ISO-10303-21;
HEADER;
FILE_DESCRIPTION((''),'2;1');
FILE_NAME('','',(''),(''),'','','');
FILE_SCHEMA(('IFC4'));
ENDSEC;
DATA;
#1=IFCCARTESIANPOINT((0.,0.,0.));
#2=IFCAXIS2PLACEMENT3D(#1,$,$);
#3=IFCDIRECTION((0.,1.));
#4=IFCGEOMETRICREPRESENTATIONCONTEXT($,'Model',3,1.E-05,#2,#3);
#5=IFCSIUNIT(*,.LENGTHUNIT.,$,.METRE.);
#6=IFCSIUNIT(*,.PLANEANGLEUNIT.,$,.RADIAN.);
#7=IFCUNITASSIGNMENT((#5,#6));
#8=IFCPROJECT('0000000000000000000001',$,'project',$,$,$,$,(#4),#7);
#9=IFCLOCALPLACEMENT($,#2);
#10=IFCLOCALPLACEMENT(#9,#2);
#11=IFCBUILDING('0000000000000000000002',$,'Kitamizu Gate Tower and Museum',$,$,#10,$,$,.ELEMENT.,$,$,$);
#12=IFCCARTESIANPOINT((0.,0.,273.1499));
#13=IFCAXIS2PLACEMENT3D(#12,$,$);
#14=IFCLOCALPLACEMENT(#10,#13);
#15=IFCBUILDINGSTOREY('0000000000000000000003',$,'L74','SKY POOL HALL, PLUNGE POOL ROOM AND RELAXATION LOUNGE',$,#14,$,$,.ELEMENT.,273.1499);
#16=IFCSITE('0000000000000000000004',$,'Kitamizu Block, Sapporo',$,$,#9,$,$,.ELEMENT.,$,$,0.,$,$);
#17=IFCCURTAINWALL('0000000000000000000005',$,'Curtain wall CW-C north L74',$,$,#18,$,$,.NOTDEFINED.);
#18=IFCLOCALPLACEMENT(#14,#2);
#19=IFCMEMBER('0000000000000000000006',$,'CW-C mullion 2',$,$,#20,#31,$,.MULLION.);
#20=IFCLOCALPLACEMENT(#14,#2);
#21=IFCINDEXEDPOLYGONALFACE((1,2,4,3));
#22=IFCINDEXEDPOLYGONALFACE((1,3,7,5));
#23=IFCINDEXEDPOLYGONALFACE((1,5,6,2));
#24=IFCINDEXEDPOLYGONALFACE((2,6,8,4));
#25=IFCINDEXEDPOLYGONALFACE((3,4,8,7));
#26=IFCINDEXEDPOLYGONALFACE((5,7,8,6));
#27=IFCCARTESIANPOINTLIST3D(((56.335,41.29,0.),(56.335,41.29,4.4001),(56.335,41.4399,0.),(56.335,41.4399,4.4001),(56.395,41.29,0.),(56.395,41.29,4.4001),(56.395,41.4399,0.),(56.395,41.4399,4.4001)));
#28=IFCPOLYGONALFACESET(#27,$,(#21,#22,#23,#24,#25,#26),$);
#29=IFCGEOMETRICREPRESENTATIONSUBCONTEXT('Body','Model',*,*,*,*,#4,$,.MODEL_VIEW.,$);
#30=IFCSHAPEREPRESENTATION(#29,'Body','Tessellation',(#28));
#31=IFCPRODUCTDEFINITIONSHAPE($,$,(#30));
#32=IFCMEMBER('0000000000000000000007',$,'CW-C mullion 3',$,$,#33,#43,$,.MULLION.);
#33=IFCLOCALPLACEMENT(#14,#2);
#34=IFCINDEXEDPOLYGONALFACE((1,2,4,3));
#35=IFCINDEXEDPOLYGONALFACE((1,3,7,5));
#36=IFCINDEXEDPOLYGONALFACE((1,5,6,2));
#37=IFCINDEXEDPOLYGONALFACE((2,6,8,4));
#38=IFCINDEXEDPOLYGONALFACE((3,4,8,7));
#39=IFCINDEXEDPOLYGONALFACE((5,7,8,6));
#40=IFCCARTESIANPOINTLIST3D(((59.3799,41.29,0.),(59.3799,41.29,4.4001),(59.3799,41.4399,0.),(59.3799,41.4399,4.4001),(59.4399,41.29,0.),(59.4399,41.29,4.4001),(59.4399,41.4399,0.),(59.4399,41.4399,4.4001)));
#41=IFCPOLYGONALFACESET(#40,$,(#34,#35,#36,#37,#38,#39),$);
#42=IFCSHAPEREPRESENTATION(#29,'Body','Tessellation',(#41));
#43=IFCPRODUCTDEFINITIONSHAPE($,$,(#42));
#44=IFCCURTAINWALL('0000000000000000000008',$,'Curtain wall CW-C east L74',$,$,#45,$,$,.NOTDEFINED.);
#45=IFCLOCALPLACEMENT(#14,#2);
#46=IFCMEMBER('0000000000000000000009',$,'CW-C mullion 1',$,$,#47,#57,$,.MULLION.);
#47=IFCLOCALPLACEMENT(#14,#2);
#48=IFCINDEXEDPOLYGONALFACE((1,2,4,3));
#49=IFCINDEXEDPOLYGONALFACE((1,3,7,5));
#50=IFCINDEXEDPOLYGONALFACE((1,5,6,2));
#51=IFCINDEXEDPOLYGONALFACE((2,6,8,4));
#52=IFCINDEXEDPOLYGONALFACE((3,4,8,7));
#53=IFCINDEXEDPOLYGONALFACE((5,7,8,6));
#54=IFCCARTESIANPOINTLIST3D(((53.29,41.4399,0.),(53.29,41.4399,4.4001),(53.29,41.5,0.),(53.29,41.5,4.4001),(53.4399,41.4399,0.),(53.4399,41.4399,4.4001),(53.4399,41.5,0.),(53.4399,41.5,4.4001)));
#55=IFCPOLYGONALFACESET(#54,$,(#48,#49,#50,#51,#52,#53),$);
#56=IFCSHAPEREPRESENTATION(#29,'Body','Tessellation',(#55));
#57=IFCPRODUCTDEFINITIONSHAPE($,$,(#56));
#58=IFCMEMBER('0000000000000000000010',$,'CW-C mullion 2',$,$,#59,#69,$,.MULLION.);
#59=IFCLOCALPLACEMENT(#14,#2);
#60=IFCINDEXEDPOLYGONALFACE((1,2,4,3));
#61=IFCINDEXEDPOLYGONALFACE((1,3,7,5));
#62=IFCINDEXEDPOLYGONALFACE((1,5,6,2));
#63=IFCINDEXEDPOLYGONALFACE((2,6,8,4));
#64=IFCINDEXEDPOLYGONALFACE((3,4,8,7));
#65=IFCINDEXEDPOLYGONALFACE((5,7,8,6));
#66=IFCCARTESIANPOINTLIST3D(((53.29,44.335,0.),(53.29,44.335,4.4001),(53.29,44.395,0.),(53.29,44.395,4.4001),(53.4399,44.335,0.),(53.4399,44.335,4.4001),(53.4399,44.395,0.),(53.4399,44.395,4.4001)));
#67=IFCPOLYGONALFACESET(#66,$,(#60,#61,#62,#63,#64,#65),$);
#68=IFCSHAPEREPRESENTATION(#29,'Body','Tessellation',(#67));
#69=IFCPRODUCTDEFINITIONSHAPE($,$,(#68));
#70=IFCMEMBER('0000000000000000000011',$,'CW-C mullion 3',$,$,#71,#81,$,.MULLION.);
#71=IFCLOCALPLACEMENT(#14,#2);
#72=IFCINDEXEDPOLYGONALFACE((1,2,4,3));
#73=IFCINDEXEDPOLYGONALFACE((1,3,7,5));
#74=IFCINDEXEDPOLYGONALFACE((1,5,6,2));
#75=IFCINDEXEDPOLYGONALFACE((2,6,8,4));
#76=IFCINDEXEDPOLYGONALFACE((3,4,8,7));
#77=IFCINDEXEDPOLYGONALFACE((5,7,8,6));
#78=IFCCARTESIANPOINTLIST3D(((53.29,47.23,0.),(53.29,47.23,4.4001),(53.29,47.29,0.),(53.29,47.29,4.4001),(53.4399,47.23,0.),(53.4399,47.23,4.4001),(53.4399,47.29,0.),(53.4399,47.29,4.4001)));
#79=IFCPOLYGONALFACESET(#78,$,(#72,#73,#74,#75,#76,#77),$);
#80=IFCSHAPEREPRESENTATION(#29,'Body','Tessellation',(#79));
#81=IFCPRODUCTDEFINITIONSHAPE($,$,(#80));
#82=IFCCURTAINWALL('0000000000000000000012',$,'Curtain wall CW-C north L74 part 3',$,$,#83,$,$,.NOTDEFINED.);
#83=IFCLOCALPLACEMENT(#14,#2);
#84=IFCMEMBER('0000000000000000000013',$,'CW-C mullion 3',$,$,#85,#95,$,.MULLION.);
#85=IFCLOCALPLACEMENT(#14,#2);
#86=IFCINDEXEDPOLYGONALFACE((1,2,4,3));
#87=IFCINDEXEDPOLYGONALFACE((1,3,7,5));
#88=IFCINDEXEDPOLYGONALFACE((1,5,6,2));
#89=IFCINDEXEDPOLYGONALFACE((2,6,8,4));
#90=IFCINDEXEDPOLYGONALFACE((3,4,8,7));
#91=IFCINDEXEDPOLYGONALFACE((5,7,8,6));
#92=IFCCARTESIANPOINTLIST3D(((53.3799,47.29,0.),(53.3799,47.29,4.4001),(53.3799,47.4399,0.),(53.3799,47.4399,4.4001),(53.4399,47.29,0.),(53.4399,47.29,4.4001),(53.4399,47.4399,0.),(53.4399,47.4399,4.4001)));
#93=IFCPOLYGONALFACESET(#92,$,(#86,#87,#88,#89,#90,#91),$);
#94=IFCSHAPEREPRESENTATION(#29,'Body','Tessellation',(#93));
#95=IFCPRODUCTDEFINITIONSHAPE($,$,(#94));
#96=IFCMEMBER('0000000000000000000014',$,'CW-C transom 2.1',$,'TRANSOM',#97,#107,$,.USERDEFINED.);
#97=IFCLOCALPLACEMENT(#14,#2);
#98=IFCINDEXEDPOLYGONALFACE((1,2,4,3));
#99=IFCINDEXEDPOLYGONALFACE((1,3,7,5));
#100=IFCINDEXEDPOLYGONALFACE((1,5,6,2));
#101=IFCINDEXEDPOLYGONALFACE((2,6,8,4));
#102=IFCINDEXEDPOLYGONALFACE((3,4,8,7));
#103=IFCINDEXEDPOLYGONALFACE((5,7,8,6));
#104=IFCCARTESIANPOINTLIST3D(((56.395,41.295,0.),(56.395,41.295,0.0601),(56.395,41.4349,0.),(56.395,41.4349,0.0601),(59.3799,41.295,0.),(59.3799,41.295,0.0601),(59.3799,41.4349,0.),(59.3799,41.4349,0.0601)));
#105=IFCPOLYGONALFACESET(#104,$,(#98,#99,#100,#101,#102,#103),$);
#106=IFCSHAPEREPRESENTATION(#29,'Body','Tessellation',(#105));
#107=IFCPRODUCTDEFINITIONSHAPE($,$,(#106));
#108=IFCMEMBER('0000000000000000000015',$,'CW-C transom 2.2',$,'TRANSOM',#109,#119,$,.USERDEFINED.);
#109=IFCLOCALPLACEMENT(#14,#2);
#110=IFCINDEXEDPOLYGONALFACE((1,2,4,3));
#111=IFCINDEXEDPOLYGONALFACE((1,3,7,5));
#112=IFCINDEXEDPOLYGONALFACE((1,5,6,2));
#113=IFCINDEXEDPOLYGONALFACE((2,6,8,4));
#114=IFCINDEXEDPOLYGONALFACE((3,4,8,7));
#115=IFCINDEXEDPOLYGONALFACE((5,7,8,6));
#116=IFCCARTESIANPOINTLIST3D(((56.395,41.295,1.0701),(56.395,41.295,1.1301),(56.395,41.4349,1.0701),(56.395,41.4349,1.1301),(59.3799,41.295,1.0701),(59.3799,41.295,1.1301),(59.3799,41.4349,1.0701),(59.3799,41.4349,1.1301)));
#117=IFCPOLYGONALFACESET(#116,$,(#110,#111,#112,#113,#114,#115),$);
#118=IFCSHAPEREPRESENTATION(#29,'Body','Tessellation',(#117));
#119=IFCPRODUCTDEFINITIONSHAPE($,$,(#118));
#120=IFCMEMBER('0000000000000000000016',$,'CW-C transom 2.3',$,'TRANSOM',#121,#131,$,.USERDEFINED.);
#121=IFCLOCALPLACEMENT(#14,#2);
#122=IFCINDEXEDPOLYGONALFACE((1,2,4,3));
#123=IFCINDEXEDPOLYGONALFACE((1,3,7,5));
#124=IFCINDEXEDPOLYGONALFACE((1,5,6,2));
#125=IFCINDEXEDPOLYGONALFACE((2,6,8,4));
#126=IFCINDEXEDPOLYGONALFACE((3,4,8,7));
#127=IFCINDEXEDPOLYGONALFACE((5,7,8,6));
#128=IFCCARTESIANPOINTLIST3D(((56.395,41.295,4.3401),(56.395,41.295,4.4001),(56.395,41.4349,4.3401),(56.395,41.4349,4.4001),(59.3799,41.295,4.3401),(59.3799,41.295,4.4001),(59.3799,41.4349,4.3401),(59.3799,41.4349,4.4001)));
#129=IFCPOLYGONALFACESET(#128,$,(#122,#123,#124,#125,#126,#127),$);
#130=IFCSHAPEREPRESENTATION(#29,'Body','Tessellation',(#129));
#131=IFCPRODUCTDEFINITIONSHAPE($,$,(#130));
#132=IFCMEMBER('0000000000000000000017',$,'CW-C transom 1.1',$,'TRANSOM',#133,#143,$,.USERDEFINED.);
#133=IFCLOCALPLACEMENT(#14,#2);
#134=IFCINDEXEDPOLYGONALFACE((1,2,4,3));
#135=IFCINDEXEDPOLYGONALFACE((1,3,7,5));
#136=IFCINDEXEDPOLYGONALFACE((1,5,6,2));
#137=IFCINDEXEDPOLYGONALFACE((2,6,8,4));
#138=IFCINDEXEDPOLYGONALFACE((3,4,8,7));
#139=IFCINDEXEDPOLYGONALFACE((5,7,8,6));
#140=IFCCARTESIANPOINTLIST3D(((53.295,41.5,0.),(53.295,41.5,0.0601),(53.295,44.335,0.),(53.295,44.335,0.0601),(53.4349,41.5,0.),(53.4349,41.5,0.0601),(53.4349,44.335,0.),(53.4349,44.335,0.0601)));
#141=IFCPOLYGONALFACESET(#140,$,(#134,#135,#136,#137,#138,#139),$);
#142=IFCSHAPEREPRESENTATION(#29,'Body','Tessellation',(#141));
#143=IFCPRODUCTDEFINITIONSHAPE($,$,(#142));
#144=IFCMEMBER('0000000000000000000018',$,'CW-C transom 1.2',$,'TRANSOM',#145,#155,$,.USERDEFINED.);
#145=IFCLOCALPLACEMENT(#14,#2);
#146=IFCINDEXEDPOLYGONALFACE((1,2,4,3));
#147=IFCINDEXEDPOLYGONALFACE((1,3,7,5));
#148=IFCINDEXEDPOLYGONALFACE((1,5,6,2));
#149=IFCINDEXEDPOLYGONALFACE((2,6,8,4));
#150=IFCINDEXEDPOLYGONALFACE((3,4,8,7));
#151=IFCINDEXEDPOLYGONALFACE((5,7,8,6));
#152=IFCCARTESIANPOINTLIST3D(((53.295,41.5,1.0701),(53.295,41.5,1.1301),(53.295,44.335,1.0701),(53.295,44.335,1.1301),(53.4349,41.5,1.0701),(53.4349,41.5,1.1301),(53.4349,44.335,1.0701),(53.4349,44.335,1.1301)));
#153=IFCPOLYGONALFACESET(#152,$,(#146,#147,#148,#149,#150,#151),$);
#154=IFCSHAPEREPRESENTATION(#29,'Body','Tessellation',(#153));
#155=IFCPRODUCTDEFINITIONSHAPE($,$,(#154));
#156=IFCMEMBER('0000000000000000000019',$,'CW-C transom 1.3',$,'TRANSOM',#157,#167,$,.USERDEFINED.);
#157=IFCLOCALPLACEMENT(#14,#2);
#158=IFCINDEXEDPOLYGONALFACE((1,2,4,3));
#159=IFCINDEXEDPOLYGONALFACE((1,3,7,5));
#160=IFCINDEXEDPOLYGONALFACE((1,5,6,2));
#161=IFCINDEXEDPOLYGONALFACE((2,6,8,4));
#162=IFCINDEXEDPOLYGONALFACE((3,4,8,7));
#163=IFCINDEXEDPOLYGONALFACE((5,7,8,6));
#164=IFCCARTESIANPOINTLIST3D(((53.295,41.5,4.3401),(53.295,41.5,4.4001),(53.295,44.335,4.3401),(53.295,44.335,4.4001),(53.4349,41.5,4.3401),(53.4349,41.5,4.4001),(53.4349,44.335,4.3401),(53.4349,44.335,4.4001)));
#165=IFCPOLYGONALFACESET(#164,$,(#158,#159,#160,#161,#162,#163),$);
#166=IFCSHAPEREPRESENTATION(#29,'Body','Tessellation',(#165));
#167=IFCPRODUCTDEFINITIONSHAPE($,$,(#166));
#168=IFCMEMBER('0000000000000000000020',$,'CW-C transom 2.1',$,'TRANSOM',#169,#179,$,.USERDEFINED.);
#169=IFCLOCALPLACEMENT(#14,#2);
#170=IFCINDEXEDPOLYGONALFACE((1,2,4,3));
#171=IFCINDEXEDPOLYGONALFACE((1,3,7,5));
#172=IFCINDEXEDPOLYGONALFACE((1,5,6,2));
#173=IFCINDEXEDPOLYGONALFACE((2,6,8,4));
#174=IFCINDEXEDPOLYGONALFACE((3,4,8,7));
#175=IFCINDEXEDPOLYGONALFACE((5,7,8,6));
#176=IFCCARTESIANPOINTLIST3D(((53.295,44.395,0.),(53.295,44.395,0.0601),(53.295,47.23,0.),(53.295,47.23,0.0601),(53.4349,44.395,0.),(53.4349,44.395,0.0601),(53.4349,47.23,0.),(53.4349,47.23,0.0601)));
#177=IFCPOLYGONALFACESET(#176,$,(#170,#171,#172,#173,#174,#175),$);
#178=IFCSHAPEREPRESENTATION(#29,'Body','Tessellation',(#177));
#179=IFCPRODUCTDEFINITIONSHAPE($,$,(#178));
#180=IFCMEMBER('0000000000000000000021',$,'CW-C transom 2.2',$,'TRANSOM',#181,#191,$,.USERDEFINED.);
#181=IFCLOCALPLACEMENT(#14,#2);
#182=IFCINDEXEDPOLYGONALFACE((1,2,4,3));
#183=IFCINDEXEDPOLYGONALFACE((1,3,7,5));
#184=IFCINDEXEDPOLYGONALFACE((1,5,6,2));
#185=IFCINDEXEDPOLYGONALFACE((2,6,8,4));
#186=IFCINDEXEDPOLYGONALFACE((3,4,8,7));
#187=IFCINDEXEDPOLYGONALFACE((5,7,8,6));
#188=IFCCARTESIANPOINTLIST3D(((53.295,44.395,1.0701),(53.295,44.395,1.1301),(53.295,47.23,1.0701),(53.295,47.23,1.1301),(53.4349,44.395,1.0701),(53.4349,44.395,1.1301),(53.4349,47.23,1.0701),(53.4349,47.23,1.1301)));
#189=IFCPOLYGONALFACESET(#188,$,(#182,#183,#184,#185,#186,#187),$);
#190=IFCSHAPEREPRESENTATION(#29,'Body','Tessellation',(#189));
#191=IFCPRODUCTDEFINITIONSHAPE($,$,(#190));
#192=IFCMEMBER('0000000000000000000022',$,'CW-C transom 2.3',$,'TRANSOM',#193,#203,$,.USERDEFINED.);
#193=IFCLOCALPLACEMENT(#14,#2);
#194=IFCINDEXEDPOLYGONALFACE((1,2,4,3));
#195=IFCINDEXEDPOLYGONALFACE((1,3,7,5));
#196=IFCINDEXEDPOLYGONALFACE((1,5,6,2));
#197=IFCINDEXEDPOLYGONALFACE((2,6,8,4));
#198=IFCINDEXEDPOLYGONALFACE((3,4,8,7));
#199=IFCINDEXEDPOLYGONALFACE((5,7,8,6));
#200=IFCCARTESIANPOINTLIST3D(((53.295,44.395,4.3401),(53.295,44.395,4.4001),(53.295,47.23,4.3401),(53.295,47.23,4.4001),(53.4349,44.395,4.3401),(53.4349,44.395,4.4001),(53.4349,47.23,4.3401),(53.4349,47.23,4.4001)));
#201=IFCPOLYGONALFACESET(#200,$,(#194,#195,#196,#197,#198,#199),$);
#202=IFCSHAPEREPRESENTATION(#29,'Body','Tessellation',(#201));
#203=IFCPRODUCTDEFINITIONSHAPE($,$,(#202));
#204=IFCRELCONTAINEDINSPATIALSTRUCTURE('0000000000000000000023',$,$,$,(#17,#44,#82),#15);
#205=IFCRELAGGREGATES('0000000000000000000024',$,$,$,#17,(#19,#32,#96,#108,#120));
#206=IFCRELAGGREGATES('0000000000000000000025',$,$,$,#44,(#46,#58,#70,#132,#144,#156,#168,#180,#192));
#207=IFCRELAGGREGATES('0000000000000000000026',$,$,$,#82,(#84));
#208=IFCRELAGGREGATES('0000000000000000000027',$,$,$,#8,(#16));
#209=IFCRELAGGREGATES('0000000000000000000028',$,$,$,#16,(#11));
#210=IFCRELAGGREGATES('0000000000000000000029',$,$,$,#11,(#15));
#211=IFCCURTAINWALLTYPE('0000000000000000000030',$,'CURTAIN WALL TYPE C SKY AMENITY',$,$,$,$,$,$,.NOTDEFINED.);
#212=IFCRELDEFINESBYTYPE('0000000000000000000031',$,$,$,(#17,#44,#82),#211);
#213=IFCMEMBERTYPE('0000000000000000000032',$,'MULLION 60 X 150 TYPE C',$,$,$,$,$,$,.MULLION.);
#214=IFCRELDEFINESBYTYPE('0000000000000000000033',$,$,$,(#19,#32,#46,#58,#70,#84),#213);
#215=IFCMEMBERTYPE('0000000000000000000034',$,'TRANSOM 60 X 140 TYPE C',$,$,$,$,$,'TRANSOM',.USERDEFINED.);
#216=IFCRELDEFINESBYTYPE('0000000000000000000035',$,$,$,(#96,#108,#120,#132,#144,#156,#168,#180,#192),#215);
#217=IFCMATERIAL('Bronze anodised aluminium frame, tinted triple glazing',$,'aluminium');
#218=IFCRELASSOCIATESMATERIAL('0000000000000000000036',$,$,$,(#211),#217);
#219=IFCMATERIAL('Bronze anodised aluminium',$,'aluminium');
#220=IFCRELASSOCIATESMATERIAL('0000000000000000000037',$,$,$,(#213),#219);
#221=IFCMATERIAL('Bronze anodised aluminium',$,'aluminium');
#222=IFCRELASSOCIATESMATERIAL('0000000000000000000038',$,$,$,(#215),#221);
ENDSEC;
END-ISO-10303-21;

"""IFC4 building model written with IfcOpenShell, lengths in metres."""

from ifc_helpers import new_model, si_unit, direction, frame, origin, origin_2d, place, context, subcontext, project, spatial, rectangle, extrude, material, material_profile, profile_set, type_object, element, aggregate, save


model = new_model("IFC4")

# Units and contexts
model_context = context("Model", 3, precision=1e-05, world=origin(), true_north=direction((0.0, 1.0)))
body_context = subcontext(model_context, "Body", "Model", "MODEL_VIEW")
ifc_project = project(units=[si_unit("LENGTHUNIT", "METRE"), si_unit("PLANEANGLEUNIT", "RADIAN")], contexts=[model_context])

# Site, building, storey
site_placement = place(None, origin())
site = spatial("IfcSite", under=ifc_project, at=site_placement, Name="Kitamizu Block, Sapporo", CompositionType="ELEMENT", RefElevation=0.0)
building_placement = place(site_placement, origin())
building = spatial("IfcBuilding", under=site, at=building_placement, Name="Kitamizu Gate Tower and Museum", CompositionType="ELEMENT")
storey_placement = place(building_placement, frame((0.0, 0.0, 273.1499)))
storey = spatial("IfcBuildingStorey", under=building, at=storey_placement, Name="L74", Description="SKY POOL HALL, PLUNGE POOL ROOM AND RELAXATION LOUNGE", CompositionType="ELEMENT", Elevation=273.1499)

# Curtain walls, members
ifc_material_1 = material(Name="Bronze anodised aluminium frame, tinted triple glazing", Category="aluminium")
curtain_wall_type = type_object("IfcCurtainWallType", Name="CURTAIN WALL TYPE C SKY AMENITY", PredefinedType="NOTDEFINED", material=ifc_material_1)
curtain_wall_1_placement = place(storey_placement, origin())
curtain_wall_1 = element("IfcCurtainWall", 1, at=curtain_wall_1_placement, inside=storey, type_object=curtain_wall_type, Name="Curtain wall CW-C north L74", PredefinedType="NOTDEFINED")
ifc_material_2 = material(Name="Bronze anodised aluminium", Category="aluminium")
ifc_material_profile_1 = material_profile(ifc_material_2, rectangle(XDim=0.0601, YDim=0.1499, at=origin_2d()), Name="AL 60X150")
ifc_profile_set_1 = profile_set([ifc_material_profile_1], Name="Bronze anodised aluminium")
member_type_1 = type_object("IfcMemberType", Name="MULLION 60 X 150 TYPE C", PredefinedType="MULLION", material=ifc_profile_set_1)
member_1_placement = place(storey_placement, frame((56.365, 41.365, 0.0), z_axis=(0.0, 0.0, 1.0), x_axis=(1.0, 0.0, 0.0)))
member_1 = element("IfcMember", 2, at=member_1_placement, type_object=member_type_1, Name="CW-C mullion 2", PredefinedType="MULLION", context=body_context, shape_type="SweptSolid", body=[
    extrude(rectangle(XDim=0.0601, YDim=0.1499, at=origin_2d()), origin(), (0.0, 0.0, 1.0), 4.4001),
])
member_2_placement = place(storey_placement, frame((59.4099, 41.365, 0.0), z_axis=(0.0, 0.0, 1.0), x_axis=(1.0, 0.0, 0.0)))
member_2 = element("IfcMember", 3, at=member_2_placement, type_object=member_type_1, Name="CW-C mullion 3", PredefinedType="MULLION", context=body_context, shape_type="SweptSolid", body=[
    extrude(rectangle(XDim=0.0601, YDim=0.1499, at=origin_2d()), origin(), (0.0, 0.0, 1.0), 4.4001),
])
curtain_wall_2_placement = place(storey_placement, origin())
curtain_wall_2 = element("IfcCurtainWall", 4, at=curtain_wall_2_placement, inside=storey, type_object=curtain_wall_type, Name="Curtain wall CW-C east L74", PredefinedType="NOTDEFINED")
member_3_placement = place(storey_placement, frame((53.365, 41.47, 0.0), z_axis=(0.0, 0.0, 1.0), x_axis=(0.0, 1.0, 0.0)))
member_3 = element("IfcMember", 5, at=member_3_placement, type_object=member_type_1, Name="CW-C mullion 1", PredefinedType="MULLION", context=body_context, shape_type="SweptSolid", body=[
    extrude(rectangle(XDim=0.0601, YDim=0.1499, at=origin_2d()), origin(), (0.0, 0.0, 1.0), 4.4001),
])
member_4_placement = place(storey_placement, frame((53.365, 44.365, 0.0), z_axis=(0.0, 0.0, 1.0), x_axis=(0.0, 1.0, 0.0)))
member_4 = element("IfcMember", 6, at=member_4_placement, type_object=member_type_1, Name="CW-C mullion 2", PredefinedType="MULLION", context=body_context, shape_type="SweptSolid", body=[
    extrude(rectangle(XDim=0.0601, YDim=0.1499, at=origin_2d()), origin(), (0.0, 0.0, 1.0), 4.4001),
])
member_5_placement = place(storey_placement, frame((53.365, 47.26, 0.0), z_axis=(0.0, 0.0, 1.0), x_axis=(0.0, 1.0, 0.0)))
member_5 = element("IfcMember", 7, at=member_5_placement, type_object=member_type_1, Name="CW-C mullion 3", PredefinedType="MULLION", context=body_context, shape_type="SweptSolid", body=[
    extrude(rectangle(XDim=0.0601, YDim=0.1499, at=origin_2d()), origin(), (0.0, 0.0, 1.0), 4.4001),
])

# Curtain wall, member
curtain_wall_3_placement = place(storey_placement, origin())
curtain_wall_3 = element("IfcCurtainWall", 8, at=curtain_wall_3_placement, inside=storey, type_object=curtain_wall_type, Name="Curtain wall CW-C north L74 part 3", PredefinedType="NOTDEFINED")
member_6_placement = place(storey_placement, frame((53.4099, 47.365, 0.0), z_axis=(0.0, 0.0, 1.0), x_axis=(1.0, 0.0, 0.0)))
member_6 = element("IfcMember", 9, at=member_6_placement, type_object=member_type_1, Name="CW-C mullion 3", PredefinedType="MULLION", context=body_context, shape_type="SweptSolid", body=[
    extrude(rectangle(XDim=0.0601, YDim=0.1499, at=origin_2d()), origin(), (0.0, 0.0, 1.0), 4.4001),
])

# Members
ifc_material_3 = material(Name="Bronze anodised aluminium", Category="aluminium")
ifc_material_profile_2 = material_profile(ifc_material_3, rectangle(XDim=0.1399, YDim=0.0601, at=origin_2d()), Name="AL 60X140")
ifc_profile_set_2 = profile_set([ifc_material_profile_2], Name="Bronze anodised aluminium")
member_type_2 = type_object("IfcMemberType", Name="TRANSOM 60 X 140 TYPE C", ElementType="TRANSOM", PredefinedType="USERDEFINED", material=ifc_profile_set_2)
member_7_placement = place(storey_placement, frame((56.395, 41.365, 0.03), z_axis=(1.0, 0.0, 0.0), x_axis=(0.0, 1.0, 0.0)))
member_7 = element("IfcMember", 10, at=member_7_placement, type_object=member_type_2, Name="CW-C transom 2.1", ObjectType="TRANSOM", PredefinedType="USERDEFINED", context=body_context, shape_type="SweptSolid", body=[
    extrude(rectangle(XDim=0.1399, YDim=0.0601, at=origin_2d()), origin(), (0.0, 0.0, 1.0), 2.9849),
])
member_8_placement = place(storey_placement, frame((56.395, 41.365, 1.1001), z_axis=(1.0, 0.0, 0.0), x_axis=(0.0, 1.0, 0.0)))
member_8 = element("IfcMember", 11, at=member_8_placement, type_object=member_type_2, Name="CW-C transom 2.2", ObjectType="TRANSOM", PredefinedType="USERDEFINED", context=body_context, shape_type="SweptSolid", body=[
    extrude(rectangle(XDim=0.1399, YDim=0.0601, at=origin_2d()), origin(), (0.0, 0.0, 1.0), 2.9849),
])
member_9_placement = place(storey_placement, frame((56.395, 41.365, 4.3701), z_axis=(1.0, 0.0, 0.0), x_axis=(0.0, 1.0, 0.0)))
member_9 = element("IfcMember", 12, at=member_9_placement, type_object=member_type_2, Name="CW-C transom 2.3", ObjectType="TRANSOM", PredefinedType="USERDEFINED", context=body_context, shape_type="SweptSolid", body=[
    extrude(rectangle(XDim=0.1399, YDim=0.0601, at=origin_2d()), origin(), (0.0, 0.0, 1.0), 2.9849),
])
member_10_placement = place(storey_placement, frame((53.365, 41.5, 0.03), z_axis=(0.0, 1.0, 0.0), x_axis=(-1.0, 0.0, 0.0)))
member_10 = element("IfcMember", 13, at=member_10_placement, type_object=member_type_2, Name="CW-C transom 1.1", ObjectType="TRANSOM", PredefinedType="USERDEFINED", context=body_context, shape_type="SweptSolid", body=[
    extrude(rectangle(XDim=0.1399, YDim=0.0601, at=origin_2d()), origin(), (0.0, 0.0, 1.0), 2.835),
])
member_11_placement = place(storey_placement, frame((53.365, 41.5, 1.1001), z_axis=(0.0, 1.0, 0.0), x_axis=(-1.0, 0.0, 0.0)))
member_11 = element("IfcMember", 14, at=member_11_placement, type_object=member_type_2, Name="CW-C transom 1.2", ObjectType="TRANSOM", PredefinedType="USERDEFINED", context=body_context, shape_type="SweptSolid", body=[
    extrude(rectangle(XDim=0.1399, YDim=0.0601, at=origin_2d()), origin(), (0.0, 0.0, 1.0), 2.835),
])
member_12_placement = place(storey_placement, frame((53.365, 41.5, 4.3701), z_axis=(0.0, 1.0, 0.0), x_axis=(-1.0, 0.0, 0.0)))
member_12 = element("IfcMember", 15, at=member_12_placement, type_object=member_type_2, Name="CW-C transom 1.3", ObjectType="TRANSOM", PredefinedType="USERDEFINED", context=body_context, shape_type="SweptSolid", body=[
    extrude(rectangle(XDim=0.1399, YDim=0.0601, at=origin_2d()), origin(), (0.0, 0.0, 1.0), 2.835),
])
member_13_placement = place(storey_placement, frame((53.365, 44.395, 0.03), z_axis=(0.0, 1.0, 0.0), x_axis=(-1.0, 0.0, 0.0)))
member_13 = element("IfcMember", 16, at=member_13_placement, type_object=member_type_2, Name="CW-C transom 2.1", ObjectType="TRANSOM", PredefinedType="USERDEFINED", context=body_context, shape_type="SweptSolid", body=[
    extrude(rectangle(XDim=0.1399, YDim=0.0601, at=origin_2d()), origin(), (0.0, 0.0, 1.0), 2.835),
])
member_14_placement = place(storey_placement, frame((53.365, 44.395, 1.1001), z_axis=(0.0, 1.0, 0.0), x_axis=(-1.0, 0.0, 0.0)))
member_14 = element("IfcMember", 17, at=member_14_placement, type_object=member_type_2, Name="CW-C transom 2.2", ObjectType="TRANSOM", PredefinedType="USERDEFINED", context=body_context, shape_type="SweptSolid", body=[
    extrude(rectangle(XDim=0.1399, YDim=0.0601, at=origin_2d()), origin(), (0.0, 0.0, 1.0), 2.835),
])
member_15_placement = place(storey_placement, frame((53.365, 44.395, 4.3701), z_axis=(0.0, 1.0, 0.0), x_axis=(-1.0, 0.0, 0.0)))
member_15 = element("IfcMember", 18, at=member_15_placement, type_object=member_type_2, Name="CW-C transom 2.3", ObjectType="TRANSOM", PredefinedType="USERDEFINED", context=body_context, shape_type="SweptSolid", body=[
    extrude(rectangle(XDim=0.1399, YDim=0.0601, at=origin_2d()), origin(), (0.0, 0.0, 1.0), 2.835),
])

aggregate(curtain_wall_1, [member_1, member_2, member_7, member_8, member_9])
aggregate(curtain_wall_2, [member_3, member_4, member_5, member_10, member_11, member_12, member_13, member_14, member_15])
aggregate(curtain_wall_3, [member_6])

save(model, "model.ifc")
